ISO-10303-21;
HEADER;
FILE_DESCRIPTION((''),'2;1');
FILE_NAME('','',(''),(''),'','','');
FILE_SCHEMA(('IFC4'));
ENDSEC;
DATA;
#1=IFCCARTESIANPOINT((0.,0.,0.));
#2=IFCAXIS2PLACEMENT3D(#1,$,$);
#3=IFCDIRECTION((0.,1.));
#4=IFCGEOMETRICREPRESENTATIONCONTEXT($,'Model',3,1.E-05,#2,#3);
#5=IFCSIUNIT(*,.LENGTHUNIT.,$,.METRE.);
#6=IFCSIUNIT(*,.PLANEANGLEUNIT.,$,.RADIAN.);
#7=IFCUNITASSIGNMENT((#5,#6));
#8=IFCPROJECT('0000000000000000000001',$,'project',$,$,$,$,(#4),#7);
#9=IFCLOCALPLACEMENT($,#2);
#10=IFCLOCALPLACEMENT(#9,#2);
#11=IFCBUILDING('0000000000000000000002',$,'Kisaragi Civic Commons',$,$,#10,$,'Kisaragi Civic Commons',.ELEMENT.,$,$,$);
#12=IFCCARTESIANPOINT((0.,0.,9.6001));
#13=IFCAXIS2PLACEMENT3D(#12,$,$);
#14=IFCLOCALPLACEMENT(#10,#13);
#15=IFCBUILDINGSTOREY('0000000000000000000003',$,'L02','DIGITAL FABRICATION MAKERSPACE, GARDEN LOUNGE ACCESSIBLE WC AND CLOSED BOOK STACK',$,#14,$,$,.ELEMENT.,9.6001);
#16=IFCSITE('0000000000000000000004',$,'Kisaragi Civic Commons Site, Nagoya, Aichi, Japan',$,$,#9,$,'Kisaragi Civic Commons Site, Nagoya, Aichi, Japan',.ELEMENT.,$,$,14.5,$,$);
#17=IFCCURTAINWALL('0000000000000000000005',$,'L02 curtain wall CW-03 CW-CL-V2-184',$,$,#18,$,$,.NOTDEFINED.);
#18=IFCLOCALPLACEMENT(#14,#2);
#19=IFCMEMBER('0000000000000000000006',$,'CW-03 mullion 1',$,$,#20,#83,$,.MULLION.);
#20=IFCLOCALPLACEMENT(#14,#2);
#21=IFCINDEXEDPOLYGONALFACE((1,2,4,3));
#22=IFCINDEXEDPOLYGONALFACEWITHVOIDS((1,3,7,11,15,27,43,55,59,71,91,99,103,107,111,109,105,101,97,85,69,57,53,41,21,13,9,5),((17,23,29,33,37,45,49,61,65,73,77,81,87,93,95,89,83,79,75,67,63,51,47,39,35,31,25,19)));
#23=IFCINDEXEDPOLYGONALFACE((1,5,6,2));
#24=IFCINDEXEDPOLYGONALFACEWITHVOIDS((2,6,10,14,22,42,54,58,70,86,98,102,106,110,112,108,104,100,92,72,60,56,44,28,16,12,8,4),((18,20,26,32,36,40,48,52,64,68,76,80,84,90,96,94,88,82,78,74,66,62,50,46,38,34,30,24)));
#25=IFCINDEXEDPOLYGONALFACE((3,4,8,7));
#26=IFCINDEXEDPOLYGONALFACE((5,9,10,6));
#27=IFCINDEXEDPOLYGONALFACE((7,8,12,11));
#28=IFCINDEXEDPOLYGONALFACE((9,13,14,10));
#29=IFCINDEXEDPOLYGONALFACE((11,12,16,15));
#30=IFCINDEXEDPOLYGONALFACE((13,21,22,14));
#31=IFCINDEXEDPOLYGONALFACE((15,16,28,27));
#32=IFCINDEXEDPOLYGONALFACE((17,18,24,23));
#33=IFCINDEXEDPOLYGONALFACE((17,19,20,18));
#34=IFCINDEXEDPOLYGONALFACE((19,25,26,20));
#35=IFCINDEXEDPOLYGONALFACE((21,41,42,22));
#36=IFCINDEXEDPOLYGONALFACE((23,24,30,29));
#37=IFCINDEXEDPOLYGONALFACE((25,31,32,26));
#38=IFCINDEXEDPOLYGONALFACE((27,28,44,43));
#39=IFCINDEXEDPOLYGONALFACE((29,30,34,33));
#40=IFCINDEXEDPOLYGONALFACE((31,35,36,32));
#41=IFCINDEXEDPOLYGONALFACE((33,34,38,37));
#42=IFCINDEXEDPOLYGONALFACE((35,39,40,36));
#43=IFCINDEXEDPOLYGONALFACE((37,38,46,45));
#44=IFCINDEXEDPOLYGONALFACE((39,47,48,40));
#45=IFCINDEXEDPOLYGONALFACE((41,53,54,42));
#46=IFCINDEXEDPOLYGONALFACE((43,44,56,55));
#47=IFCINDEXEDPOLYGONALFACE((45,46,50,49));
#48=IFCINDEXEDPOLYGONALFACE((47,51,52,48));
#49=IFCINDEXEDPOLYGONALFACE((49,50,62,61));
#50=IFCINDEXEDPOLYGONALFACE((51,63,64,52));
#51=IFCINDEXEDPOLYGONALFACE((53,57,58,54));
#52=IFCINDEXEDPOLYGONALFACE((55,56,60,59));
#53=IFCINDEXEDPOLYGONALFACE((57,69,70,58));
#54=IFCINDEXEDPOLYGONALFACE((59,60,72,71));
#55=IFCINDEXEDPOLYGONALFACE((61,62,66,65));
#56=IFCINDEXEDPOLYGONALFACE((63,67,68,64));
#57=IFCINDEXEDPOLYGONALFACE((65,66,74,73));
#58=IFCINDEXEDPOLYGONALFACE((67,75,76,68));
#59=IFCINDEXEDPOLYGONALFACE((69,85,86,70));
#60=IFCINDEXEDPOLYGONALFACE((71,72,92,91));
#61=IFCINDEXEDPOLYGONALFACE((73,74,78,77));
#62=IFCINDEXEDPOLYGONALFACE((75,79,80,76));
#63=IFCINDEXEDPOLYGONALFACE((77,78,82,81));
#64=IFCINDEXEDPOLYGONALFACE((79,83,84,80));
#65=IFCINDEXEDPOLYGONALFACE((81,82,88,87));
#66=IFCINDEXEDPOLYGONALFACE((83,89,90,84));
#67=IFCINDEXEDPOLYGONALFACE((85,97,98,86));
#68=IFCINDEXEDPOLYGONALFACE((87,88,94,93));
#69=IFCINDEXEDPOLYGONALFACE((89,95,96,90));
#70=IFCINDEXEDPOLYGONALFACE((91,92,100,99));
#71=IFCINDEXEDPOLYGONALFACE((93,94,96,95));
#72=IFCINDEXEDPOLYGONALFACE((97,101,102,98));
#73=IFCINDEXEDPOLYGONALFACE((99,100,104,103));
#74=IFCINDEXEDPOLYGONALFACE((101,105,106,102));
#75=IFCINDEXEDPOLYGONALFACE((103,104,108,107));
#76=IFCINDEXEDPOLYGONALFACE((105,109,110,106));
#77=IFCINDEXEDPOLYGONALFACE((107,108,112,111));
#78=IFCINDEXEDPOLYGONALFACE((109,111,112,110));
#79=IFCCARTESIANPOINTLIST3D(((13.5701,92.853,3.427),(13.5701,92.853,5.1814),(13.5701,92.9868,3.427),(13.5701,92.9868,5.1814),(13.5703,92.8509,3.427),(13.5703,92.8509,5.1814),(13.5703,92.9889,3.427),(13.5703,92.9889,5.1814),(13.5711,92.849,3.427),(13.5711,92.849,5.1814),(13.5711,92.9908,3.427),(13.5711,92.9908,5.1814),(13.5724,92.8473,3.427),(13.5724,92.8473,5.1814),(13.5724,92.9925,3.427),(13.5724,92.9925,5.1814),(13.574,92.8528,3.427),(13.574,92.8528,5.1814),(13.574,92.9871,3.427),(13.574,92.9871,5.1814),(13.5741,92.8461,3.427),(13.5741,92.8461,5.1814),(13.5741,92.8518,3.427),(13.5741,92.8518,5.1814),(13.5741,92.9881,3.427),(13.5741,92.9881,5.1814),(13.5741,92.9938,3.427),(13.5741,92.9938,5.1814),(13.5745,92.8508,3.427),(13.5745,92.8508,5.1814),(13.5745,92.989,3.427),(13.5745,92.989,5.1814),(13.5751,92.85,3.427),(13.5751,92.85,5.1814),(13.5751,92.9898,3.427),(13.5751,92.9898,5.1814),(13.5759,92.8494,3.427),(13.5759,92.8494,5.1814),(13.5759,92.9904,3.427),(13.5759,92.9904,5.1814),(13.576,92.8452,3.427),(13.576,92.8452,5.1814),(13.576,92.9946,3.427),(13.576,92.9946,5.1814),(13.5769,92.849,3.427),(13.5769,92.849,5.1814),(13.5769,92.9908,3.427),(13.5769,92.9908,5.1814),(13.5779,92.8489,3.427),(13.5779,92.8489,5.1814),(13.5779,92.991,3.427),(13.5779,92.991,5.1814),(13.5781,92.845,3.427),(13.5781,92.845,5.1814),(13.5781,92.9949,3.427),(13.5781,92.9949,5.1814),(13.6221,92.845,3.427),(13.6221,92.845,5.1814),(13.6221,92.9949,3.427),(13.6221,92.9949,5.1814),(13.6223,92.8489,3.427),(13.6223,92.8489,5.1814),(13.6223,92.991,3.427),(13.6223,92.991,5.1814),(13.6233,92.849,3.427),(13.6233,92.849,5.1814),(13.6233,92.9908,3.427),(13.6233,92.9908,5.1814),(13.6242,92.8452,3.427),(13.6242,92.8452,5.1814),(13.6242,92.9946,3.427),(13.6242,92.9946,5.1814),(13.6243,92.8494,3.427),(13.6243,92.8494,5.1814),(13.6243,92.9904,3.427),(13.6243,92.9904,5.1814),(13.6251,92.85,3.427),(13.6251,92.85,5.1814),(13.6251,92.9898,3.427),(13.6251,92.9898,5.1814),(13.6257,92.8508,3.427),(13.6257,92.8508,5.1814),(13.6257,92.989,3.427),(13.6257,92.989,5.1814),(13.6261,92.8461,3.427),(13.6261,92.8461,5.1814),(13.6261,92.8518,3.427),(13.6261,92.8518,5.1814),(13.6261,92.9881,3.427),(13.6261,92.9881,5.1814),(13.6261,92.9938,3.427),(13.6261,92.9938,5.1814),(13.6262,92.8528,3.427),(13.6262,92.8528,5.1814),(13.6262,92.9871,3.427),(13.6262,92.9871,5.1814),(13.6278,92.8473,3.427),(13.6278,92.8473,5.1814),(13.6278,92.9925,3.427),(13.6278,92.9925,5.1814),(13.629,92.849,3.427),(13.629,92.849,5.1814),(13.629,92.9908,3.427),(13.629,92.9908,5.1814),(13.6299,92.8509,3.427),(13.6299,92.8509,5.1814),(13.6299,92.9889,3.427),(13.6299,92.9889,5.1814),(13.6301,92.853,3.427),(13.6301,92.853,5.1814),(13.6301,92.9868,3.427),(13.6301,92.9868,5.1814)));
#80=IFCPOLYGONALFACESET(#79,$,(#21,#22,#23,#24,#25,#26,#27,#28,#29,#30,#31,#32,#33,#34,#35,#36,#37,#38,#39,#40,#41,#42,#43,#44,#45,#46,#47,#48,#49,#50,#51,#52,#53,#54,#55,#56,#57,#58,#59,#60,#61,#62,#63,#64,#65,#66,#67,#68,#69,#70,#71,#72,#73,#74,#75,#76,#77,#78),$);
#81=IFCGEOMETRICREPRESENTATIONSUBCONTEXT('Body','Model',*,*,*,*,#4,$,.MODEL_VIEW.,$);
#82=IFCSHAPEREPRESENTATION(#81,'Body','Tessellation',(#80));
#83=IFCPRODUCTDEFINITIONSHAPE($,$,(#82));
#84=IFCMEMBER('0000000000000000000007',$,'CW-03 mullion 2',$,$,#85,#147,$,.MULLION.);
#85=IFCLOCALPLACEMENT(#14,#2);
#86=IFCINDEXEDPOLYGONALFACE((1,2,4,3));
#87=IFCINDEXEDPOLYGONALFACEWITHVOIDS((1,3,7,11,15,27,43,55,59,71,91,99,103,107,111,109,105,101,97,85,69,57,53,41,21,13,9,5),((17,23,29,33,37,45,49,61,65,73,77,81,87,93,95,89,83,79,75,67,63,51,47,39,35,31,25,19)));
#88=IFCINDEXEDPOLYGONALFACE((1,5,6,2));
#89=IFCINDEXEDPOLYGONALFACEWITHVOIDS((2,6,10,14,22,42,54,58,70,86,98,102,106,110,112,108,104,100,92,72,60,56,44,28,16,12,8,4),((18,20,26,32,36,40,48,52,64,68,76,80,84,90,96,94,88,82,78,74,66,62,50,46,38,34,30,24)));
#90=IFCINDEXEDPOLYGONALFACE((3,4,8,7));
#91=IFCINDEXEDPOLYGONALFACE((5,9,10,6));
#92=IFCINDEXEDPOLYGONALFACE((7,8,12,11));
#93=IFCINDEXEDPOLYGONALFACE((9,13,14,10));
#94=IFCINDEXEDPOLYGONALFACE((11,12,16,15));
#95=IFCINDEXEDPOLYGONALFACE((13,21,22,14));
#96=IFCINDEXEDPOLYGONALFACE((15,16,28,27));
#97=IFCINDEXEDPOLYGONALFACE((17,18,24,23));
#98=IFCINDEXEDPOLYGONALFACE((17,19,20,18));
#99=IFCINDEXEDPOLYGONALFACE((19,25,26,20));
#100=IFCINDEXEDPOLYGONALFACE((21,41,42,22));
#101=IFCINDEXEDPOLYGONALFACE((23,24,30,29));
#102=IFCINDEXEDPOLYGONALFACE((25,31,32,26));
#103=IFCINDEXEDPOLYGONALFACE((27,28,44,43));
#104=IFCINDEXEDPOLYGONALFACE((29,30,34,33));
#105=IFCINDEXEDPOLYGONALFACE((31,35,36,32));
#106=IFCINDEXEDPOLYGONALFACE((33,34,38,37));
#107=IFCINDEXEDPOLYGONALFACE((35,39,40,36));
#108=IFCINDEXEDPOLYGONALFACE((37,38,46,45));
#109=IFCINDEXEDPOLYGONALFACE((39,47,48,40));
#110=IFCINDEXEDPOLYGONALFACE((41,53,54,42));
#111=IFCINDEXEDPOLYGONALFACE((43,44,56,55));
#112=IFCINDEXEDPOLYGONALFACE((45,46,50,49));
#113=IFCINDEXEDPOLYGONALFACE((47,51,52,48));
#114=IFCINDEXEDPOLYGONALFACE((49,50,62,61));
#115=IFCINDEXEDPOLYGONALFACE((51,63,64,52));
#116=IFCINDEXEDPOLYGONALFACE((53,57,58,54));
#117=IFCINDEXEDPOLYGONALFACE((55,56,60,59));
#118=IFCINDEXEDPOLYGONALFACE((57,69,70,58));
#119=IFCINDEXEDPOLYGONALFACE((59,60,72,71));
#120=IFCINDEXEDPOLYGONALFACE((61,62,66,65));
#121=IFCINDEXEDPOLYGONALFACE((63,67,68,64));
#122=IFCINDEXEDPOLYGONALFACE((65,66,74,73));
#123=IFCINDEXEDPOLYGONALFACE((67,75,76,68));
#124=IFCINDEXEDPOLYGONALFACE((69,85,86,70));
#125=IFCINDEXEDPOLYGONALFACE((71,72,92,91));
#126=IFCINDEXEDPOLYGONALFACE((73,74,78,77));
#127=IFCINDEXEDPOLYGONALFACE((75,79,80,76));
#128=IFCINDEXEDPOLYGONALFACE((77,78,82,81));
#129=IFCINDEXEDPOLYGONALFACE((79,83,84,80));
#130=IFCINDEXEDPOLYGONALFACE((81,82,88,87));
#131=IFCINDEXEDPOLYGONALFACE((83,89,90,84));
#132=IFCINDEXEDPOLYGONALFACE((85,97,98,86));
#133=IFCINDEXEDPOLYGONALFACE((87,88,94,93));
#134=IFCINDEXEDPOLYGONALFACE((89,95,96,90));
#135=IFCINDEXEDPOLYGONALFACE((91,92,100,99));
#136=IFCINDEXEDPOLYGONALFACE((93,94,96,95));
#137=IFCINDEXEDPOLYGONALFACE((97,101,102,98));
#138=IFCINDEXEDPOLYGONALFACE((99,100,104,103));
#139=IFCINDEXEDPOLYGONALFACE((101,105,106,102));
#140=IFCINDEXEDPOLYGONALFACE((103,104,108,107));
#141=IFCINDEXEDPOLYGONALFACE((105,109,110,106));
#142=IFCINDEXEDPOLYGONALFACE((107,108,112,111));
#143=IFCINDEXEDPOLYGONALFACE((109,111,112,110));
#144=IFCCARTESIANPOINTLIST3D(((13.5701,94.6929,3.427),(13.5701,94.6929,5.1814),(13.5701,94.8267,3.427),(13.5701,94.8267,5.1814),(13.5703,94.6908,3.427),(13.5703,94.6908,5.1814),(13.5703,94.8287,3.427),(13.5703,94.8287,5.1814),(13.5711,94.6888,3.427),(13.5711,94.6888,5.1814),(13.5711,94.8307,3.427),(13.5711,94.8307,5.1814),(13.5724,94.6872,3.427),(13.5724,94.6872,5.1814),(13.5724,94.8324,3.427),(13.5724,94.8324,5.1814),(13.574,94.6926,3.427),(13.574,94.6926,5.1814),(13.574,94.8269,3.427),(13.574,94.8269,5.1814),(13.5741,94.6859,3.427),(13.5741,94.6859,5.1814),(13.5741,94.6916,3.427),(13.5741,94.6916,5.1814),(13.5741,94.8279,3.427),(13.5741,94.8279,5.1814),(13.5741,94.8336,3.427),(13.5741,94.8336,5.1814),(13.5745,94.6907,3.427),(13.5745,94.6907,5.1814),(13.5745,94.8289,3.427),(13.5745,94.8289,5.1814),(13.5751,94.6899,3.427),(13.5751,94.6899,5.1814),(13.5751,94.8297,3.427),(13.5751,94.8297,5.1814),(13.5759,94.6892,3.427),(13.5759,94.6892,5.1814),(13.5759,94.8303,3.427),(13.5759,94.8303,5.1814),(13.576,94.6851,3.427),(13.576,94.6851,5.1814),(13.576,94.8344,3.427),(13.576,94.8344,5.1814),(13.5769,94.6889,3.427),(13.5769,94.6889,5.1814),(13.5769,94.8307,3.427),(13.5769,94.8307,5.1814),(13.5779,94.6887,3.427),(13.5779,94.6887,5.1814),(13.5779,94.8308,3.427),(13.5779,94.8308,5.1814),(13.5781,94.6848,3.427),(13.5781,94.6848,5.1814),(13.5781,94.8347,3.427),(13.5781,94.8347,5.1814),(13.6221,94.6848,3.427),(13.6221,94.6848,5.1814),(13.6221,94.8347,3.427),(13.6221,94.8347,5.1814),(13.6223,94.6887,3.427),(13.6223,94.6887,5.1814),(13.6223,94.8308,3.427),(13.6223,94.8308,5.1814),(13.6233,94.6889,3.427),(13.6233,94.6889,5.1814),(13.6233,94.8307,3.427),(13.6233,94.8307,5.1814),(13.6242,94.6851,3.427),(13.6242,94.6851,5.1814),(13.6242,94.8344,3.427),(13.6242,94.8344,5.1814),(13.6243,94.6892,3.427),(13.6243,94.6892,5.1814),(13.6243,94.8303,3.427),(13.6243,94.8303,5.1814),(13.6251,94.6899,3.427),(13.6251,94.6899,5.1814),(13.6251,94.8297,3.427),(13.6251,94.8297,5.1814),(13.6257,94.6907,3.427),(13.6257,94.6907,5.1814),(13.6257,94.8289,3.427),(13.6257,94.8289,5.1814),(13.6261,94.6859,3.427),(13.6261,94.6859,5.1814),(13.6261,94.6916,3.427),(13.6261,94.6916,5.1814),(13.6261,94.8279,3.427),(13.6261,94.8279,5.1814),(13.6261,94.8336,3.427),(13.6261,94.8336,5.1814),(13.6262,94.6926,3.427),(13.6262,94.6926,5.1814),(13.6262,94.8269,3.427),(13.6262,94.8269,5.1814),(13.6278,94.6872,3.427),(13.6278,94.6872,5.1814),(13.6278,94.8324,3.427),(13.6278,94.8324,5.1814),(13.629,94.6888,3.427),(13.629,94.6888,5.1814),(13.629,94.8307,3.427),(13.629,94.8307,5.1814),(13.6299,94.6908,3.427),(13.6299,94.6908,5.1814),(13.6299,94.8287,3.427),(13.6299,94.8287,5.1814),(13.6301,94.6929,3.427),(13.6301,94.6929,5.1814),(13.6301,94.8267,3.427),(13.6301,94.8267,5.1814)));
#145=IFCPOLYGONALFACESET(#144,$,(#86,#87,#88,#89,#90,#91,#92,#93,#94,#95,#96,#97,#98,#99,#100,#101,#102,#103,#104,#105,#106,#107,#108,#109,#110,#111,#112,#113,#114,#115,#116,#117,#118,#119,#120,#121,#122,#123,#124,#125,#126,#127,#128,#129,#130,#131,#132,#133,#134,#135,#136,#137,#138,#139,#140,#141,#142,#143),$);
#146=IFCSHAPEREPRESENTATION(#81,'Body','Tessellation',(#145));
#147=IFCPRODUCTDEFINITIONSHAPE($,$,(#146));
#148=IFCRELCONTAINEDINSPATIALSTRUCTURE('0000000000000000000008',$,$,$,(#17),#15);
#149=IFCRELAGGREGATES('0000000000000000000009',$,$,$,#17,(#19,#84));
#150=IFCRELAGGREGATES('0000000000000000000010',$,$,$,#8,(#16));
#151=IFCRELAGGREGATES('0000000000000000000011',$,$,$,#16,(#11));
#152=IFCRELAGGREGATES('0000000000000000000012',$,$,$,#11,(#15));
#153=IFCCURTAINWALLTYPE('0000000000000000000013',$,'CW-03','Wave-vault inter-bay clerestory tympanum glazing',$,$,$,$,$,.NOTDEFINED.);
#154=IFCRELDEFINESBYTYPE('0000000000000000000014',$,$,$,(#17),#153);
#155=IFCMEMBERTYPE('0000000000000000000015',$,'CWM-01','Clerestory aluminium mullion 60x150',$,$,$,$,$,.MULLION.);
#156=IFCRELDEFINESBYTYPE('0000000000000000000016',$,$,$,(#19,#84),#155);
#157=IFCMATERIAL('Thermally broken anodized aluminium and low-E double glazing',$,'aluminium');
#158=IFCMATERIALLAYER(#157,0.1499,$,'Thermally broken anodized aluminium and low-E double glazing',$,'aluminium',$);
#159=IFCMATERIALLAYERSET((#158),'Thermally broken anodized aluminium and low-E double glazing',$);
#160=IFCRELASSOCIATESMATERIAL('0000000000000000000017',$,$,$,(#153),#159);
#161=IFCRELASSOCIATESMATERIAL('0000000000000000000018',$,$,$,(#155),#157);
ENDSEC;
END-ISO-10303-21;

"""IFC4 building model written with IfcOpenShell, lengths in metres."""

from ifc_helpers import new_model, si_unit, direction, frame, origin, origin_2d, place, context, subcontext, project, spatial, hollow_rectangle, extrude, material, layer, layer_set, material_profile, profile_set, type_object, element, aggregate, save


model = new_model("IFC4")

# Units and contexts
model_context = context("Model", 3, precision=1e-05, world=origin(), true_north=direction((0.0, 1.0)))
body_context = subcontext(model_context, "Body", "Model", "MODEL_VIEW")
ifc_project = project(units=[si_unit("LENGTHUNIT", "METRE"), si_unit("PLANEANGLEUNIT", "RADIAN")], contexts=[model_context])

# Site, building, storey
site_placement = place(None, origin())
site = spatial("IfcSite", under=ifc_project, at=site_placement, Name="Kisaragi Civic Commons Site, Nagoya, Aichi, Japan", LongName="Kisaragi Civic Commons Site, Nagoya, Aichi, Japan", CompositionType="ELEMENT", RefElevation=14.5)
building_placement = place(site_placement, origin())
building = spatial("IfcBuilding", under=site, at=building_placement, Name="Kisaragi Civic Commons", LongName="Kisaragi Civic Commons", CompositionType="ELEMENT")
storey_placement = place(building_placement, frame((0.0, 0.0, 9.6001)))
storey = spatial("IfcBuildingStorey", under=building, at=storey_placement, Name="L02", Description="DIGITAL FABRICATION MAKERSPACE, GARDEN LOUNGE ACCESSIBLE WC AND CLOSED BOOK STACK", CompositionType="ELEMENT", Elevation=9.6001)

# Curtain wall, members
ifc_material_1 = material(Name="Thermally broken anodized aluminium and low-E double glazing", Category="aluminium")
ifc_layer_1 = layer(ifc_material_1, 0.1499, Name="Thermally broken anodized aluminium and low-E double glazing", Category="aluminium")
ifc_layer_set_1 = layer_set([ifc_layer_1], Name="Thermally broken anodized aluminium and low-E double glazing")
curtain_wall_type = type_object("IfcCurtainWallType", Name="CW-03", Description="Wave-vault inter-bay clerestory tympanum glazing", PredefinedType="NOTDEFINED", material=ifc_layer_set_1)
ifc_material_profile_1 = material_profile(ifc_material_1, hollow_rectangle(XDim=0.0601, YDim=0.1499, WallThickness=0.0039, InnerFilletRadius=0.0039, OuterFilletRadius=0.0081, at=origin_2d()), Name="CWM-60x150x4", Category="aluminium")
ifc_profile_set_1 = profile_set([ifc_material_profile_1], Name="Thermally broken anodized aluminium and low-E double glazing")
member_type_1 = type_object("IfcMemberType", Name="CWM-01", Description="Clerestory aluminium mullion 60x150", PredefinedType="MULLION", material=ifc_profile_set_1)
curtain_wall_1_placement = place(storey_placement, origin())
curtain_wall_1 = element("IfcCurtainWall", 1, at=curtain_wall_1_placement, inside=storey, type_object=curtain_wall_type, Name="L02 curtain wall CW-03 CW-CL-V2-184", PredefinedType="NOTDEFINED")
member_1_placement = place(storey_placement, frame((13.6001, 92.9199, 3.427), z_axis=(0.0, 0.0, 1.0), x_axis=(-1.0, 0.0, 0.0)))
member_1 = element("IfcMember", 2, at=member_1_placement, type_object=member_type_1, Name="CW-03 mullion 1", PredefinedType="MULLION", context=body_context, shape_type="SweptSolid", body=[
    extrude(hollow_rectangle(XDim=0.0601, YDim=0.1499, WallThickness=0.0039, InnerFilletRadius=0.0039, OuterFilletRadius=0.0081, at=origin_2d()), origin(), (0.0, 0.0, 1.0), 1.7544),
])
member_2_placement = place(storey_placement, frame((13.6001, 94.7598, 3.427), z_axis=(0.0, 0.0, 1.0), x_axis=(-1.0, 0.0, 0.0)))
member_2 = element("IfcMember", 3, at=member_2_placement, type_object=member_type_1, Name="CW-03 mullion 2", PredefinedType="MULLION", context=body_context, shape_type="SweptSolid", body=[
    extrude(hollow_rectangle(XDim=0.0601, YDim=0.1499, WallThickness=0.0039, InnerFilletRadius=0.0039, OuterFilletRadius=0.0081, at=origin_2d()), origin(), (0.0, 0.0, 1.0), 1.7544),
])

aggregate(curtain_wall_1, [member_1, member_2])

save(model, "model.ifc")
